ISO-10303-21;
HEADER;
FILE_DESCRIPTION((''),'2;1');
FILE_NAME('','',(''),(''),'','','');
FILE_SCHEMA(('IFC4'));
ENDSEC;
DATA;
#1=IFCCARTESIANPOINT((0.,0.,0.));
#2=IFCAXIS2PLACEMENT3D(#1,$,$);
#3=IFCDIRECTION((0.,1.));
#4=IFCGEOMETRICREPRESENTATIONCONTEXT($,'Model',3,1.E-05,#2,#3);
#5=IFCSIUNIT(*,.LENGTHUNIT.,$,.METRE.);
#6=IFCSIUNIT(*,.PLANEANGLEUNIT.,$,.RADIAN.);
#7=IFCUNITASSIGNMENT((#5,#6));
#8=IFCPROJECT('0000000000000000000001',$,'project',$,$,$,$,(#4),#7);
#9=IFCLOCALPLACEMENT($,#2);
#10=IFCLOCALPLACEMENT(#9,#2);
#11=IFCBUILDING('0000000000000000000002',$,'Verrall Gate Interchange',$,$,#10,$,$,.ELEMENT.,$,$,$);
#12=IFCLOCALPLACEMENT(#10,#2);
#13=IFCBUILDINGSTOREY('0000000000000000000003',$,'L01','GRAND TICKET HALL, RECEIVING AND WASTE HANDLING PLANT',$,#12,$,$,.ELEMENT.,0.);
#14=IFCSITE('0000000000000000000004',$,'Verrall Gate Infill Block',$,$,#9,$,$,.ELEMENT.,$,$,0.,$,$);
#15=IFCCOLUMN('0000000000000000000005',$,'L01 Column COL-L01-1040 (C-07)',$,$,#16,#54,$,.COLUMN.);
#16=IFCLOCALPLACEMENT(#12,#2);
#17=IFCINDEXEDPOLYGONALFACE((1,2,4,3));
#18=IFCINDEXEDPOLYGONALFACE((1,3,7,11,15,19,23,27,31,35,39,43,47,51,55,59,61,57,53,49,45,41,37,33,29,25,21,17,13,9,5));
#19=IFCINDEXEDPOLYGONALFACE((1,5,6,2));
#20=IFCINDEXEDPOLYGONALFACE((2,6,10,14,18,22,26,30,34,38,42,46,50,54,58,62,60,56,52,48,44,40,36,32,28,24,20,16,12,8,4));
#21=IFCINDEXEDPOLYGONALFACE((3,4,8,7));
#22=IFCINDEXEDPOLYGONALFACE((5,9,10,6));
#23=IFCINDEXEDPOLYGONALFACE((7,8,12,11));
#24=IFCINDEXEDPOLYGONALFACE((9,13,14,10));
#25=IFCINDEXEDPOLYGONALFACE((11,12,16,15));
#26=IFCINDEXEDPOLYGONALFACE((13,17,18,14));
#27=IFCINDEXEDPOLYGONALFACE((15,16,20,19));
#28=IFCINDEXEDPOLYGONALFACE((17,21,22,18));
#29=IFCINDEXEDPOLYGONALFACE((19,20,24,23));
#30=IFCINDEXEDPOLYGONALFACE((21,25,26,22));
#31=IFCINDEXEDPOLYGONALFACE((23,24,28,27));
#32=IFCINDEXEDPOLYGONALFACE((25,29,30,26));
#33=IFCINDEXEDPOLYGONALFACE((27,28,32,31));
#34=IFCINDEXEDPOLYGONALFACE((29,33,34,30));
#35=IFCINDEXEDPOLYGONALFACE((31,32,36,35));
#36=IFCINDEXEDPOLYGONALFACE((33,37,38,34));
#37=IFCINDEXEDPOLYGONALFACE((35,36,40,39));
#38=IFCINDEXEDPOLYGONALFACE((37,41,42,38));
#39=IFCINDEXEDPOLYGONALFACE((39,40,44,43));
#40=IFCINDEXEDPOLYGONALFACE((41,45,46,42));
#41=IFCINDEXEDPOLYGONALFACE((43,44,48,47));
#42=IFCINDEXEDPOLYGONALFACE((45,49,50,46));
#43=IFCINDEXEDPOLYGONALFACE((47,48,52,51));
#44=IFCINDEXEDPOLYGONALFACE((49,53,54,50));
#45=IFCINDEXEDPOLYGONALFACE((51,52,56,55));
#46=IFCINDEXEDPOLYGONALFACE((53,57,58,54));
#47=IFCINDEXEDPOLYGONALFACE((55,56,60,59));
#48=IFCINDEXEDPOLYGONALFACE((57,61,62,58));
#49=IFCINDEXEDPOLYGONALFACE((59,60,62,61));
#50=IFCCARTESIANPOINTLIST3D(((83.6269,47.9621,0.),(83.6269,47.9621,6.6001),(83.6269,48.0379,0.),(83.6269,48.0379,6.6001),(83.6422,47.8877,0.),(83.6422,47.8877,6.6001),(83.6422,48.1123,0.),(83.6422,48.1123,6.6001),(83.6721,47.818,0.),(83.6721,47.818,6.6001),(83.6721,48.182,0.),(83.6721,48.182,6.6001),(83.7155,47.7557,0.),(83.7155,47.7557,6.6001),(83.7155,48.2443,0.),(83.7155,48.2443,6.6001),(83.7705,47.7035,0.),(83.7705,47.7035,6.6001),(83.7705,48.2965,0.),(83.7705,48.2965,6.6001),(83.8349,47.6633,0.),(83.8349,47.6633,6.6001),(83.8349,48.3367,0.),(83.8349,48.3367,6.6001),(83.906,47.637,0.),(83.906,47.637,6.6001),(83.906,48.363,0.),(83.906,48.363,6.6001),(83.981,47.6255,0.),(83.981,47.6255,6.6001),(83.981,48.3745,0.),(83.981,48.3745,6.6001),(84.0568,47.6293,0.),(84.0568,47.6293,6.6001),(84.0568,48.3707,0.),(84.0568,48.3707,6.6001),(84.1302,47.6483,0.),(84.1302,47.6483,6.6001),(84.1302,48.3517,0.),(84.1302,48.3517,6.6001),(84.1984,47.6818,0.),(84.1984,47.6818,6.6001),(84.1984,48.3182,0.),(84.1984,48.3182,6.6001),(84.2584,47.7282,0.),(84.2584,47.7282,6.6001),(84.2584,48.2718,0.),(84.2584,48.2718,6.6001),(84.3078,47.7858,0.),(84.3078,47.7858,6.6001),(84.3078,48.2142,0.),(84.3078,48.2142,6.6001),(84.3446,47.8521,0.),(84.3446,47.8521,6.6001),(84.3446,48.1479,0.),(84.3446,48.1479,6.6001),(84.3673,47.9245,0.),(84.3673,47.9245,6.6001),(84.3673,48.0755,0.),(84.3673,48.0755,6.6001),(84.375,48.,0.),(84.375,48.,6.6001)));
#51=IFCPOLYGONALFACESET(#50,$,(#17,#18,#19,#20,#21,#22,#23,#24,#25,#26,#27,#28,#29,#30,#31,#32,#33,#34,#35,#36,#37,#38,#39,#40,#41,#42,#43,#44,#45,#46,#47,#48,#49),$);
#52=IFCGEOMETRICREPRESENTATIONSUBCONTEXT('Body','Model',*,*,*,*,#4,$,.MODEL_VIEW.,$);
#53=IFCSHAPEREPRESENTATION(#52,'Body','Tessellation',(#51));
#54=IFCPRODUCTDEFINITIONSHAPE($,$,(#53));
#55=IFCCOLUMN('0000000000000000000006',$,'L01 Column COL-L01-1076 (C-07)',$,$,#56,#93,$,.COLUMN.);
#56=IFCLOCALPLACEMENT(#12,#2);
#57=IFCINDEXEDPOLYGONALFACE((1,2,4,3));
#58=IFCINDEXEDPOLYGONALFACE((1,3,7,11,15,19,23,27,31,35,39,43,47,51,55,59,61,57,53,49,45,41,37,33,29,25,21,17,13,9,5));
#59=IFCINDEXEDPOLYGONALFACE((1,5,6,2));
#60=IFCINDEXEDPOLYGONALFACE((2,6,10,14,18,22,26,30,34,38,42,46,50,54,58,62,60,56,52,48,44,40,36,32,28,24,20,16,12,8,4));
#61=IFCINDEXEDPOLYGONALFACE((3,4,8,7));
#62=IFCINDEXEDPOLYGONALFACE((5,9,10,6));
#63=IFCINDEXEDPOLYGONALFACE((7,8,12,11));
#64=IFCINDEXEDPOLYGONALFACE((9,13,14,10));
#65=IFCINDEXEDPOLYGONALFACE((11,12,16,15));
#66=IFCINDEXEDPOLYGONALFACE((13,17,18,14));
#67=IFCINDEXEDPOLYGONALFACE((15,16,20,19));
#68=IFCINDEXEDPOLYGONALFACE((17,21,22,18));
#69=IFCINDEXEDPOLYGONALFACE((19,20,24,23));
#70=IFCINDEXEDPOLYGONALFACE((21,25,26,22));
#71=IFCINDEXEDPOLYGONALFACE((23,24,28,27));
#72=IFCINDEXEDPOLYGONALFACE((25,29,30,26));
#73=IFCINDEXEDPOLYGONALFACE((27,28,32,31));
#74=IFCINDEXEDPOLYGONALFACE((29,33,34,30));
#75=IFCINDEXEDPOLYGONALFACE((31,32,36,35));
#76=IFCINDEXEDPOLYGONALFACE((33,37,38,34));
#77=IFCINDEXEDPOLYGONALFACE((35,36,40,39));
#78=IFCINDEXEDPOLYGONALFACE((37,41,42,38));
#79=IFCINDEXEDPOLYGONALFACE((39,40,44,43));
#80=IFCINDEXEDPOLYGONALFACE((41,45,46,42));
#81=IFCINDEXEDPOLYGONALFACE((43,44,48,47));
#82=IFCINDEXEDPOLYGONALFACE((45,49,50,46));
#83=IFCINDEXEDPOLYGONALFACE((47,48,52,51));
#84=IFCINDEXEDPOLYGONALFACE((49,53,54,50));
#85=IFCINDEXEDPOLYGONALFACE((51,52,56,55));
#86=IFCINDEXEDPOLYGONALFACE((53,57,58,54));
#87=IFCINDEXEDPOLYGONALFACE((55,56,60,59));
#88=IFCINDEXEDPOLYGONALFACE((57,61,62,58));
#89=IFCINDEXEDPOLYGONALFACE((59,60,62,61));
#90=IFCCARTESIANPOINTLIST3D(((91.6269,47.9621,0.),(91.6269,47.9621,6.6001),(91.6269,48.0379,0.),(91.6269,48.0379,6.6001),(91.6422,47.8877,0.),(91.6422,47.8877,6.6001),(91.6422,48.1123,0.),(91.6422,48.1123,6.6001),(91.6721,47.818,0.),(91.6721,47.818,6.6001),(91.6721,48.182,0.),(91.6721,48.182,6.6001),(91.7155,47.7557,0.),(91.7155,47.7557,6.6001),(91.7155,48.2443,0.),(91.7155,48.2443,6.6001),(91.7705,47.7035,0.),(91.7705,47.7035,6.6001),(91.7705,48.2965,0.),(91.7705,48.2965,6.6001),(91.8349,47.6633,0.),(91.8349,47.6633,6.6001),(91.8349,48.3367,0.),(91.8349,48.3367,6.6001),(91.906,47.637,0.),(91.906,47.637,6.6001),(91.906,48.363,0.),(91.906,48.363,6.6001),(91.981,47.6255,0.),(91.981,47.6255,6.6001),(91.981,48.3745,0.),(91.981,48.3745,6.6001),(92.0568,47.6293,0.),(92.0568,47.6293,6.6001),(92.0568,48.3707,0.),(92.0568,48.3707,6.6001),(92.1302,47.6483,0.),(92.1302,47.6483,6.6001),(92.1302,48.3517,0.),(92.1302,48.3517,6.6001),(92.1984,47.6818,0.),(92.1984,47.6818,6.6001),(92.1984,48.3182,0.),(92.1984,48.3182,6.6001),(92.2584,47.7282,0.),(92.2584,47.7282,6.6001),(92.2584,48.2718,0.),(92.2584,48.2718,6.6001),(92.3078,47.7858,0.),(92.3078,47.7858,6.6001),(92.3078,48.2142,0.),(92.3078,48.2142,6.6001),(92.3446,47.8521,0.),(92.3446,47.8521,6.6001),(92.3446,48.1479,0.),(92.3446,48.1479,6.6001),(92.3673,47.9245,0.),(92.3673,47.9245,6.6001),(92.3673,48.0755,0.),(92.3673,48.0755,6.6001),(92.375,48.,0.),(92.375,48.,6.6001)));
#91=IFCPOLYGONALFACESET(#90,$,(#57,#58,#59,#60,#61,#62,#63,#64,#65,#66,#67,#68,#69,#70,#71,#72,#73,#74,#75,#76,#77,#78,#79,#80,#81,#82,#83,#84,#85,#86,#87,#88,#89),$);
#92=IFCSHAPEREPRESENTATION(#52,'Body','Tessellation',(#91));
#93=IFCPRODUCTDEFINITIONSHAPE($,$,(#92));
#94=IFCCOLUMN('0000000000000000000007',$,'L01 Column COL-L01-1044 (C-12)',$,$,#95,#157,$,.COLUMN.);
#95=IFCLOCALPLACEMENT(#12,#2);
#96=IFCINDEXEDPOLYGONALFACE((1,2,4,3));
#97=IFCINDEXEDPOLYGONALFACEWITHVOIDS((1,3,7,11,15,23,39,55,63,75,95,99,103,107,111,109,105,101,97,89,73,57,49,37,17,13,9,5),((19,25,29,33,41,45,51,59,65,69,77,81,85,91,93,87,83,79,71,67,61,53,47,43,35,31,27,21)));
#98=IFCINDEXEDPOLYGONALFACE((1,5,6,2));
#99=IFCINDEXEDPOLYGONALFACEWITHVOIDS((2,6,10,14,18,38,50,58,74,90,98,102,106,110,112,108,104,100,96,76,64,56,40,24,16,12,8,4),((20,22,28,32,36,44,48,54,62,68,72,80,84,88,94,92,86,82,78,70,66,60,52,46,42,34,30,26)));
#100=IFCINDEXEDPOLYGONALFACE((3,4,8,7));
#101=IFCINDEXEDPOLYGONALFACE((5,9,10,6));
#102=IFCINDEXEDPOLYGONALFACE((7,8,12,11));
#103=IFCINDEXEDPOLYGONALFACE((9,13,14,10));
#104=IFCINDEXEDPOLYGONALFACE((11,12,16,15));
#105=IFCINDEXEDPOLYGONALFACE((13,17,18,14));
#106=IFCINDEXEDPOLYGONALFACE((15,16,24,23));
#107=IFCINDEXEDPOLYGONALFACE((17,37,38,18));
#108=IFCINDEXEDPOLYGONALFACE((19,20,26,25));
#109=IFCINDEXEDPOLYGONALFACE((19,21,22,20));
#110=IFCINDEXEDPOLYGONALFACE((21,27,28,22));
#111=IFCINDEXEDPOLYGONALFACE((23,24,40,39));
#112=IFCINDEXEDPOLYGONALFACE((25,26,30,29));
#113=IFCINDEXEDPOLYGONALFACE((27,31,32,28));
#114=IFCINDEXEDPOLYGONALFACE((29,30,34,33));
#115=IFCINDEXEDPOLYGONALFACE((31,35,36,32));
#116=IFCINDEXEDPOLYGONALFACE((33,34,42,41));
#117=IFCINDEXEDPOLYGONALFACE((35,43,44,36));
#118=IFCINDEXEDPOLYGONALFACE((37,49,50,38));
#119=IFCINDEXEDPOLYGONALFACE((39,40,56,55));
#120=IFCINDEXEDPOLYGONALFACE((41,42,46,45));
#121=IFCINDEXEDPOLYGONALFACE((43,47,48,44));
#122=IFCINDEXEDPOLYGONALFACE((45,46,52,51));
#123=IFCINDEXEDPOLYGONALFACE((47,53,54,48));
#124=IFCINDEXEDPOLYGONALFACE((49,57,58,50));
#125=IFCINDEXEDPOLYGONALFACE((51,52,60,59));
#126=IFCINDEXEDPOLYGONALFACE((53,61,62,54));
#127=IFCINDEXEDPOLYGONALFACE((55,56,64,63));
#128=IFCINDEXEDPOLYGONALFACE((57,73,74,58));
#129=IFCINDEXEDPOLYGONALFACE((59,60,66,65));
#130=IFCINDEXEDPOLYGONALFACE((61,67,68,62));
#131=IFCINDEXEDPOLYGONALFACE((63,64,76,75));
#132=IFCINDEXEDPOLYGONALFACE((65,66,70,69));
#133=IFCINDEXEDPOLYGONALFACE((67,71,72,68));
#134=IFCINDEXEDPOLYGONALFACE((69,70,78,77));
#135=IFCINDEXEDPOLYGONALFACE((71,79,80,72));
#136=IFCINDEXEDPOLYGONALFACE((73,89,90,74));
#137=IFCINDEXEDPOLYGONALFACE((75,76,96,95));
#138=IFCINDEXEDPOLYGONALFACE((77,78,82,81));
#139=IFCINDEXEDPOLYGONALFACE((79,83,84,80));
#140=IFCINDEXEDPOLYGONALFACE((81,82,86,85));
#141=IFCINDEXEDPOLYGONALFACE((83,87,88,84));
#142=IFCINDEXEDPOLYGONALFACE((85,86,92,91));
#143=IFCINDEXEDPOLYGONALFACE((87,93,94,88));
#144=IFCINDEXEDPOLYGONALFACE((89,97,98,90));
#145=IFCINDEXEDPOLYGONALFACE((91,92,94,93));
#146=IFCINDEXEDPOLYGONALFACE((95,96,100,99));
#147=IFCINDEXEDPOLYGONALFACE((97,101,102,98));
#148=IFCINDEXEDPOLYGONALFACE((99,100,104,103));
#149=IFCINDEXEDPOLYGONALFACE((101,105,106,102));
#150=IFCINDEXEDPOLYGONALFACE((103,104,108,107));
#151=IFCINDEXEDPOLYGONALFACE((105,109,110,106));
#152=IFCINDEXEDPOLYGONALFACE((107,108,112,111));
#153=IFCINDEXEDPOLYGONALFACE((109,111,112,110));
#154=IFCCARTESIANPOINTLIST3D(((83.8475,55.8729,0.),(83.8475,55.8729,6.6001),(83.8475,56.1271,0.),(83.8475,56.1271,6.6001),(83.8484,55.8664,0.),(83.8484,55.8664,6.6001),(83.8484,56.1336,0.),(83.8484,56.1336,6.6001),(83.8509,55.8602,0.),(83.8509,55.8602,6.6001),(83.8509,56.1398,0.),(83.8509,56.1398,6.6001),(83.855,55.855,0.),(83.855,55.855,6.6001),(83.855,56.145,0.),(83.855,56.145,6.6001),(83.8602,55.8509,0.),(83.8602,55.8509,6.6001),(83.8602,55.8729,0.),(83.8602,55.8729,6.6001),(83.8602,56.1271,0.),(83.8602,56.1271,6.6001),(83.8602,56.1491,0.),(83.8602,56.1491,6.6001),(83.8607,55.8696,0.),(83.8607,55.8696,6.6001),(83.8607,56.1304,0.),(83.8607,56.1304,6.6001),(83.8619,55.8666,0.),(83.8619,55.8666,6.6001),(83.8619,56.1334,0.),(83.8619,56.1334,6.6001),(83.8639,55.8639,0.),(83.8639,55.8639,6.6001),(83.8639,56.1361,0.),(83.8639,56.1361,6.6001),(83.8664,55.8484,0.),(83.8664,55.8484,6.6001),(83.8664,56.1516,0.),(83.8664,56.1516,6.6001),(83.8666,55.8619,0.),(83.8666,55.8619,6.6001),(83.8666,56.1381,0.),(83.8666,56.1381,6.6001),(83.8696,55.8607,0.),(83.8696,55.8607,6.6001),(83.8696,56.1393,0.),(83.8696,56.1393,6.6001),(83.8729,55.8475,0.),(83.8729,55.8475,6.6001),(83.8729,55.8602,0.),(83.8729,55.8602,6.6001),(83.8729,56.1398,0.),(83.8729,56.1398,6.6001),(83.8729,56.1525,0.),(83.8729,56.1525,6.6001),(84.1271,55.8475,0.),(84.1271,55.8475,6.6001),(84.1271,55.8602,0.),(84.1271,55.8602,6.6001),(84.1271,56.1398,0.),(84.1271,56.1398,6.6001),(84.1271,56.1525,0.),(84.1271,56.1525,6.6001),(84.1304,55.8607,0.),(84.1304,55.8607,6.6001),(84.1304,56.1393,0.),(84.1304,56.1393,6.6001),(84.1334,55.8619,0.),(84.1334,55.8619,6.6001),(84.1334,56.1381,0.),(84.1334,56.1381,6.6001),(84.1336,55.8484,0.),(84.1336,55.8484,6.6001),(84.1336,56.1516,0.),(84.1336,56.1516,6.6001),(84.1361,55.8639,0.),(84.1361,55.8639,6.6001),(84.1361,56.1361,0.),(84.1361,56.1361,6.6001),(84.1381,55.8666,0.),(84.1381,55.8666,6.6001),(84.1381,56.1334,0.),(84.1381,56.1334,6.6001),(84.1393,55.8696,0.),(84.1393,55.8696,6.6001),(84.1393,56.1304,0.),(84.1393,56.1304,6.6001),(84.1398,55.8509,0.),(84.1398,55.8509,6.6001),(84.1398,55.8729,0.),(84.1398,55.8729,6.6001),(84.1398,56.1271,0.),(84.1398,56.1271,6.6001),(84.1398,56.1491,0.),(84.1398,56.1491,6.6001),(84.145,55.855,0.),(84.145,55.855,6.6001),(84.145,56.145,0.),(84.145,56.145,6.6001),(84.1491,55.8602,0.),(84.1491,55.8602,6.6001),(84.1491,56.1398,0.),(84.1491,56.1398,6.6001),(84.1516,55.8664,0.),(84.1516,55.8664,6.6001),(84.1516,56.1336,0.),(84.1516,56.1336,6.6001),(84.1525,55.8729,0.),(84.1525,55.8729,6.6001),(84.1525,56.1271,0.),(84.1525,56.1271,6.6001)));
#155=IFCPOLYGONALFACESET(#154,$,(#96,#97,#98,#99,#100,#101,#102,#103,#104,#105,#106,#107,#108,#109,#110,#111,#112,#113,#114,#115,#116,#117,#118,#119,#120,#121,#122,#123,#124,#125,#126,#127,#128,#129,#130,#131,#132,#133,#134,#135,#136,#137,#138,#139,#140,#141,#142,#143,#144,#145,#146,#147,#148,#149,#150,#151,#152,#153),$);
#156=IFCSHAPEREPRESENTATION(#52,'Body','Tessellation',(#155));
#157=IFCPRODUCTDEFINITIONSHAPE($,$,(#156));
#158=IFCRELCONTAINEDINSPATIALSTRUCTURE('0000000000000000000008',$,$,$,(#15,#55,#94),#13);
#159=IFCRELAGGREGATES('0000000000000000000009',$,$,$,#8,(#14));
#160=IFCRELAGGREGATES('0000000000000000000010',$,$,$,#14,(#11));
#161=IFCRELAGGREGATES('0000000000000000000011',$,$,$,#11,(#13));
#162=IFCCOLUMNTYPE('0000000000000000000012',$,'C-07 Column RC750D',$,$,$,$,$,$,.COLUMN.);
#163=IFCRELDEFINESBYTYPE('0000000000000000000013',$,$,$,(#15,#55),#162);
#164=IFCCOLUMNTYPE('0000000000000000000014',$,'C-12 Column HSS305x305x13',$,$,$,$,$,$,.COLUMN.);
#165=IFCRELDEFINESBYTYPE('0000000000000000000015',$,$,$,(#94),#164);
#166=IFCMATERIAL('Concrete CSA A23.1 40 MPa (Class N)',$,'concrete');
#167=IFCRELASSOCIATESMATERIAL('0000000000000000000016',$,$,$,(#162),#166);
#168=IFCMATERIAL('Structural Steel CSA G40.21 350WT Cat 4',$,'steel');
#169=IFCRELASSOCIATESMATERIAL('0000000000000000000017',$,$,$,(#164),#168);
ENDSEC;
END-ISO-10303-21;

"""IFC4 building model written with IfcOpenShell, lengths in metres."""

from ifc_helpers import new_model, si_unit, direction, frame, origin, origin_2d, place, context, subcontext, project, spatial, hollow_rectangle, circle, extrude, material, material_profile, profile_set, type_object, element, save


model = new_model("IFC4")

# Units and contexts
model_context = context("Model", 3, precision=1e-05, world=origin(), true_north=direction((0.0, 1.0)))
body_context = subcontext(model_context, "Body", "Model", "MODEL_VIEW")
ifc_project = project(units=[si_unit("LENGTHUNIT", "METRE"), si_unit("PLANEANGLEUNIT", "RADIAN")], contexts=[model_context])

# Site, building, storey
site_placement = place(None, origin())
site = spatial("IfcSite", under=ifc_project, at=site_placement, Name="Verrall Gate Infill Block", CompositionType="ELEMENT", RefElevation=0.0)
building_placement = place(site_placement, origin())
building = spatial("IfcBuilding", under=site, at=building_placement, Name="Verrall Gate Interchange", CompositionType="ELEMENT")
storey_placement = place(building_placement, origin())
storey = spatial("IfcBuildingStorey", under=building, at=storey_placement, Name="L01", Description="GRAND TICKET HALL, RECEIVING AND WASTE HANDLING PLANT", CompositionType="ELEMENT", Elevation=0.0)

# Columns
ifc_material_1 = material(Name="Concrete CSA A23.1 40 MPa (Class N)", Category="concrete")
ifc_material_profile_1 = material_profile(ifc_material_1, circle(Radius=0.375, at=origin_2d()), Name="RC750D")
ifc_profile_set_1 = profile_set([ifc_material_profile_1], Name="Concrete CSA A23.1 40 MPa (Class N)")
column_type_1 = type_object("IfcColumnType", Name="C-07 Column RC750D", PredefinedType="COLUMN", material=ifc_profile_set_1)
for number, where, z_axis, x_axis, name in (
    (1, (84.0, 48.0, 0.0), (0.0, 0.0, 1.0), (1.0, 0.0, 0.0), "L01 Column COL-L01-1040 (C-07)"),
    (2, (92.0, 48.0, 0.0), (0.0, 0.0, 1.0), (1.0, 0.0, 0.0), "L01 Column COL-L01-1076 (C-07)"),
):
    element("IfcColumn", number, at=place(storey_placement, frame(where, z_axis=z_axis, x_axis=x_axis)), inside=storey, type_object=column_type_1, Name=name, PredefinedType="COLUMN", context=body_context, shape_type="SweptSolid", body=[
        extrude(circle(Radius=0.375, at=origin_2d()), origin(), (0.0, 0.0, 1.0), 6.6001),
    ])
ifc_material_2 = material(Name="Structural Steel CSA G40.21 350WT Cat 4", Category="steel")
ifc_material_profile_2 = material_profile(ifc_material_2, hollow_rectangle(XDim=0.3049, YDim=0.3049, WallThickness=0.0127, InnerFilletRadius=0.0127, OuterFilletRadius=0.0254, at=origin_2d()), Name="HSS305x305x13")
ifc_profile_set_2 = profile_set([ifc_material_profile_2], Name="Structural Steel CSA G40.21 350WT Cat 4")
column_type_2 = type_object("IfcColumnType", Name="C-12 Column HSS305x305x13", PredefinedType="COLUMN", material=ifc_profile_set_2)
column_placement = place(storey_placement, frame((84.0, 56.0, 0.0), z_axis=(0.0, 0.0, 1.0), x_axis=(1.0, 0.0, 0.0)))
element("IfcColumn", 3, at=column_placement, inside=storey, type_object=column_type_2, Name="L01 Column COL-L01-1044 (C-12)", PredefinedType="COLUMN", context=body_context, shape_type="SweptSolid", body=[
    extrude(hollow_rectangle(XDim=0.3049, YDim=0.3049, WallThickness=0.0127, InnerFilletRadius=0.0127, OuterFilletRadius=0.0254, at=origin_2d()), origin(), (0.0, 0.0, 1.0), 6.6001),
])

save(model, "model.ifc")
